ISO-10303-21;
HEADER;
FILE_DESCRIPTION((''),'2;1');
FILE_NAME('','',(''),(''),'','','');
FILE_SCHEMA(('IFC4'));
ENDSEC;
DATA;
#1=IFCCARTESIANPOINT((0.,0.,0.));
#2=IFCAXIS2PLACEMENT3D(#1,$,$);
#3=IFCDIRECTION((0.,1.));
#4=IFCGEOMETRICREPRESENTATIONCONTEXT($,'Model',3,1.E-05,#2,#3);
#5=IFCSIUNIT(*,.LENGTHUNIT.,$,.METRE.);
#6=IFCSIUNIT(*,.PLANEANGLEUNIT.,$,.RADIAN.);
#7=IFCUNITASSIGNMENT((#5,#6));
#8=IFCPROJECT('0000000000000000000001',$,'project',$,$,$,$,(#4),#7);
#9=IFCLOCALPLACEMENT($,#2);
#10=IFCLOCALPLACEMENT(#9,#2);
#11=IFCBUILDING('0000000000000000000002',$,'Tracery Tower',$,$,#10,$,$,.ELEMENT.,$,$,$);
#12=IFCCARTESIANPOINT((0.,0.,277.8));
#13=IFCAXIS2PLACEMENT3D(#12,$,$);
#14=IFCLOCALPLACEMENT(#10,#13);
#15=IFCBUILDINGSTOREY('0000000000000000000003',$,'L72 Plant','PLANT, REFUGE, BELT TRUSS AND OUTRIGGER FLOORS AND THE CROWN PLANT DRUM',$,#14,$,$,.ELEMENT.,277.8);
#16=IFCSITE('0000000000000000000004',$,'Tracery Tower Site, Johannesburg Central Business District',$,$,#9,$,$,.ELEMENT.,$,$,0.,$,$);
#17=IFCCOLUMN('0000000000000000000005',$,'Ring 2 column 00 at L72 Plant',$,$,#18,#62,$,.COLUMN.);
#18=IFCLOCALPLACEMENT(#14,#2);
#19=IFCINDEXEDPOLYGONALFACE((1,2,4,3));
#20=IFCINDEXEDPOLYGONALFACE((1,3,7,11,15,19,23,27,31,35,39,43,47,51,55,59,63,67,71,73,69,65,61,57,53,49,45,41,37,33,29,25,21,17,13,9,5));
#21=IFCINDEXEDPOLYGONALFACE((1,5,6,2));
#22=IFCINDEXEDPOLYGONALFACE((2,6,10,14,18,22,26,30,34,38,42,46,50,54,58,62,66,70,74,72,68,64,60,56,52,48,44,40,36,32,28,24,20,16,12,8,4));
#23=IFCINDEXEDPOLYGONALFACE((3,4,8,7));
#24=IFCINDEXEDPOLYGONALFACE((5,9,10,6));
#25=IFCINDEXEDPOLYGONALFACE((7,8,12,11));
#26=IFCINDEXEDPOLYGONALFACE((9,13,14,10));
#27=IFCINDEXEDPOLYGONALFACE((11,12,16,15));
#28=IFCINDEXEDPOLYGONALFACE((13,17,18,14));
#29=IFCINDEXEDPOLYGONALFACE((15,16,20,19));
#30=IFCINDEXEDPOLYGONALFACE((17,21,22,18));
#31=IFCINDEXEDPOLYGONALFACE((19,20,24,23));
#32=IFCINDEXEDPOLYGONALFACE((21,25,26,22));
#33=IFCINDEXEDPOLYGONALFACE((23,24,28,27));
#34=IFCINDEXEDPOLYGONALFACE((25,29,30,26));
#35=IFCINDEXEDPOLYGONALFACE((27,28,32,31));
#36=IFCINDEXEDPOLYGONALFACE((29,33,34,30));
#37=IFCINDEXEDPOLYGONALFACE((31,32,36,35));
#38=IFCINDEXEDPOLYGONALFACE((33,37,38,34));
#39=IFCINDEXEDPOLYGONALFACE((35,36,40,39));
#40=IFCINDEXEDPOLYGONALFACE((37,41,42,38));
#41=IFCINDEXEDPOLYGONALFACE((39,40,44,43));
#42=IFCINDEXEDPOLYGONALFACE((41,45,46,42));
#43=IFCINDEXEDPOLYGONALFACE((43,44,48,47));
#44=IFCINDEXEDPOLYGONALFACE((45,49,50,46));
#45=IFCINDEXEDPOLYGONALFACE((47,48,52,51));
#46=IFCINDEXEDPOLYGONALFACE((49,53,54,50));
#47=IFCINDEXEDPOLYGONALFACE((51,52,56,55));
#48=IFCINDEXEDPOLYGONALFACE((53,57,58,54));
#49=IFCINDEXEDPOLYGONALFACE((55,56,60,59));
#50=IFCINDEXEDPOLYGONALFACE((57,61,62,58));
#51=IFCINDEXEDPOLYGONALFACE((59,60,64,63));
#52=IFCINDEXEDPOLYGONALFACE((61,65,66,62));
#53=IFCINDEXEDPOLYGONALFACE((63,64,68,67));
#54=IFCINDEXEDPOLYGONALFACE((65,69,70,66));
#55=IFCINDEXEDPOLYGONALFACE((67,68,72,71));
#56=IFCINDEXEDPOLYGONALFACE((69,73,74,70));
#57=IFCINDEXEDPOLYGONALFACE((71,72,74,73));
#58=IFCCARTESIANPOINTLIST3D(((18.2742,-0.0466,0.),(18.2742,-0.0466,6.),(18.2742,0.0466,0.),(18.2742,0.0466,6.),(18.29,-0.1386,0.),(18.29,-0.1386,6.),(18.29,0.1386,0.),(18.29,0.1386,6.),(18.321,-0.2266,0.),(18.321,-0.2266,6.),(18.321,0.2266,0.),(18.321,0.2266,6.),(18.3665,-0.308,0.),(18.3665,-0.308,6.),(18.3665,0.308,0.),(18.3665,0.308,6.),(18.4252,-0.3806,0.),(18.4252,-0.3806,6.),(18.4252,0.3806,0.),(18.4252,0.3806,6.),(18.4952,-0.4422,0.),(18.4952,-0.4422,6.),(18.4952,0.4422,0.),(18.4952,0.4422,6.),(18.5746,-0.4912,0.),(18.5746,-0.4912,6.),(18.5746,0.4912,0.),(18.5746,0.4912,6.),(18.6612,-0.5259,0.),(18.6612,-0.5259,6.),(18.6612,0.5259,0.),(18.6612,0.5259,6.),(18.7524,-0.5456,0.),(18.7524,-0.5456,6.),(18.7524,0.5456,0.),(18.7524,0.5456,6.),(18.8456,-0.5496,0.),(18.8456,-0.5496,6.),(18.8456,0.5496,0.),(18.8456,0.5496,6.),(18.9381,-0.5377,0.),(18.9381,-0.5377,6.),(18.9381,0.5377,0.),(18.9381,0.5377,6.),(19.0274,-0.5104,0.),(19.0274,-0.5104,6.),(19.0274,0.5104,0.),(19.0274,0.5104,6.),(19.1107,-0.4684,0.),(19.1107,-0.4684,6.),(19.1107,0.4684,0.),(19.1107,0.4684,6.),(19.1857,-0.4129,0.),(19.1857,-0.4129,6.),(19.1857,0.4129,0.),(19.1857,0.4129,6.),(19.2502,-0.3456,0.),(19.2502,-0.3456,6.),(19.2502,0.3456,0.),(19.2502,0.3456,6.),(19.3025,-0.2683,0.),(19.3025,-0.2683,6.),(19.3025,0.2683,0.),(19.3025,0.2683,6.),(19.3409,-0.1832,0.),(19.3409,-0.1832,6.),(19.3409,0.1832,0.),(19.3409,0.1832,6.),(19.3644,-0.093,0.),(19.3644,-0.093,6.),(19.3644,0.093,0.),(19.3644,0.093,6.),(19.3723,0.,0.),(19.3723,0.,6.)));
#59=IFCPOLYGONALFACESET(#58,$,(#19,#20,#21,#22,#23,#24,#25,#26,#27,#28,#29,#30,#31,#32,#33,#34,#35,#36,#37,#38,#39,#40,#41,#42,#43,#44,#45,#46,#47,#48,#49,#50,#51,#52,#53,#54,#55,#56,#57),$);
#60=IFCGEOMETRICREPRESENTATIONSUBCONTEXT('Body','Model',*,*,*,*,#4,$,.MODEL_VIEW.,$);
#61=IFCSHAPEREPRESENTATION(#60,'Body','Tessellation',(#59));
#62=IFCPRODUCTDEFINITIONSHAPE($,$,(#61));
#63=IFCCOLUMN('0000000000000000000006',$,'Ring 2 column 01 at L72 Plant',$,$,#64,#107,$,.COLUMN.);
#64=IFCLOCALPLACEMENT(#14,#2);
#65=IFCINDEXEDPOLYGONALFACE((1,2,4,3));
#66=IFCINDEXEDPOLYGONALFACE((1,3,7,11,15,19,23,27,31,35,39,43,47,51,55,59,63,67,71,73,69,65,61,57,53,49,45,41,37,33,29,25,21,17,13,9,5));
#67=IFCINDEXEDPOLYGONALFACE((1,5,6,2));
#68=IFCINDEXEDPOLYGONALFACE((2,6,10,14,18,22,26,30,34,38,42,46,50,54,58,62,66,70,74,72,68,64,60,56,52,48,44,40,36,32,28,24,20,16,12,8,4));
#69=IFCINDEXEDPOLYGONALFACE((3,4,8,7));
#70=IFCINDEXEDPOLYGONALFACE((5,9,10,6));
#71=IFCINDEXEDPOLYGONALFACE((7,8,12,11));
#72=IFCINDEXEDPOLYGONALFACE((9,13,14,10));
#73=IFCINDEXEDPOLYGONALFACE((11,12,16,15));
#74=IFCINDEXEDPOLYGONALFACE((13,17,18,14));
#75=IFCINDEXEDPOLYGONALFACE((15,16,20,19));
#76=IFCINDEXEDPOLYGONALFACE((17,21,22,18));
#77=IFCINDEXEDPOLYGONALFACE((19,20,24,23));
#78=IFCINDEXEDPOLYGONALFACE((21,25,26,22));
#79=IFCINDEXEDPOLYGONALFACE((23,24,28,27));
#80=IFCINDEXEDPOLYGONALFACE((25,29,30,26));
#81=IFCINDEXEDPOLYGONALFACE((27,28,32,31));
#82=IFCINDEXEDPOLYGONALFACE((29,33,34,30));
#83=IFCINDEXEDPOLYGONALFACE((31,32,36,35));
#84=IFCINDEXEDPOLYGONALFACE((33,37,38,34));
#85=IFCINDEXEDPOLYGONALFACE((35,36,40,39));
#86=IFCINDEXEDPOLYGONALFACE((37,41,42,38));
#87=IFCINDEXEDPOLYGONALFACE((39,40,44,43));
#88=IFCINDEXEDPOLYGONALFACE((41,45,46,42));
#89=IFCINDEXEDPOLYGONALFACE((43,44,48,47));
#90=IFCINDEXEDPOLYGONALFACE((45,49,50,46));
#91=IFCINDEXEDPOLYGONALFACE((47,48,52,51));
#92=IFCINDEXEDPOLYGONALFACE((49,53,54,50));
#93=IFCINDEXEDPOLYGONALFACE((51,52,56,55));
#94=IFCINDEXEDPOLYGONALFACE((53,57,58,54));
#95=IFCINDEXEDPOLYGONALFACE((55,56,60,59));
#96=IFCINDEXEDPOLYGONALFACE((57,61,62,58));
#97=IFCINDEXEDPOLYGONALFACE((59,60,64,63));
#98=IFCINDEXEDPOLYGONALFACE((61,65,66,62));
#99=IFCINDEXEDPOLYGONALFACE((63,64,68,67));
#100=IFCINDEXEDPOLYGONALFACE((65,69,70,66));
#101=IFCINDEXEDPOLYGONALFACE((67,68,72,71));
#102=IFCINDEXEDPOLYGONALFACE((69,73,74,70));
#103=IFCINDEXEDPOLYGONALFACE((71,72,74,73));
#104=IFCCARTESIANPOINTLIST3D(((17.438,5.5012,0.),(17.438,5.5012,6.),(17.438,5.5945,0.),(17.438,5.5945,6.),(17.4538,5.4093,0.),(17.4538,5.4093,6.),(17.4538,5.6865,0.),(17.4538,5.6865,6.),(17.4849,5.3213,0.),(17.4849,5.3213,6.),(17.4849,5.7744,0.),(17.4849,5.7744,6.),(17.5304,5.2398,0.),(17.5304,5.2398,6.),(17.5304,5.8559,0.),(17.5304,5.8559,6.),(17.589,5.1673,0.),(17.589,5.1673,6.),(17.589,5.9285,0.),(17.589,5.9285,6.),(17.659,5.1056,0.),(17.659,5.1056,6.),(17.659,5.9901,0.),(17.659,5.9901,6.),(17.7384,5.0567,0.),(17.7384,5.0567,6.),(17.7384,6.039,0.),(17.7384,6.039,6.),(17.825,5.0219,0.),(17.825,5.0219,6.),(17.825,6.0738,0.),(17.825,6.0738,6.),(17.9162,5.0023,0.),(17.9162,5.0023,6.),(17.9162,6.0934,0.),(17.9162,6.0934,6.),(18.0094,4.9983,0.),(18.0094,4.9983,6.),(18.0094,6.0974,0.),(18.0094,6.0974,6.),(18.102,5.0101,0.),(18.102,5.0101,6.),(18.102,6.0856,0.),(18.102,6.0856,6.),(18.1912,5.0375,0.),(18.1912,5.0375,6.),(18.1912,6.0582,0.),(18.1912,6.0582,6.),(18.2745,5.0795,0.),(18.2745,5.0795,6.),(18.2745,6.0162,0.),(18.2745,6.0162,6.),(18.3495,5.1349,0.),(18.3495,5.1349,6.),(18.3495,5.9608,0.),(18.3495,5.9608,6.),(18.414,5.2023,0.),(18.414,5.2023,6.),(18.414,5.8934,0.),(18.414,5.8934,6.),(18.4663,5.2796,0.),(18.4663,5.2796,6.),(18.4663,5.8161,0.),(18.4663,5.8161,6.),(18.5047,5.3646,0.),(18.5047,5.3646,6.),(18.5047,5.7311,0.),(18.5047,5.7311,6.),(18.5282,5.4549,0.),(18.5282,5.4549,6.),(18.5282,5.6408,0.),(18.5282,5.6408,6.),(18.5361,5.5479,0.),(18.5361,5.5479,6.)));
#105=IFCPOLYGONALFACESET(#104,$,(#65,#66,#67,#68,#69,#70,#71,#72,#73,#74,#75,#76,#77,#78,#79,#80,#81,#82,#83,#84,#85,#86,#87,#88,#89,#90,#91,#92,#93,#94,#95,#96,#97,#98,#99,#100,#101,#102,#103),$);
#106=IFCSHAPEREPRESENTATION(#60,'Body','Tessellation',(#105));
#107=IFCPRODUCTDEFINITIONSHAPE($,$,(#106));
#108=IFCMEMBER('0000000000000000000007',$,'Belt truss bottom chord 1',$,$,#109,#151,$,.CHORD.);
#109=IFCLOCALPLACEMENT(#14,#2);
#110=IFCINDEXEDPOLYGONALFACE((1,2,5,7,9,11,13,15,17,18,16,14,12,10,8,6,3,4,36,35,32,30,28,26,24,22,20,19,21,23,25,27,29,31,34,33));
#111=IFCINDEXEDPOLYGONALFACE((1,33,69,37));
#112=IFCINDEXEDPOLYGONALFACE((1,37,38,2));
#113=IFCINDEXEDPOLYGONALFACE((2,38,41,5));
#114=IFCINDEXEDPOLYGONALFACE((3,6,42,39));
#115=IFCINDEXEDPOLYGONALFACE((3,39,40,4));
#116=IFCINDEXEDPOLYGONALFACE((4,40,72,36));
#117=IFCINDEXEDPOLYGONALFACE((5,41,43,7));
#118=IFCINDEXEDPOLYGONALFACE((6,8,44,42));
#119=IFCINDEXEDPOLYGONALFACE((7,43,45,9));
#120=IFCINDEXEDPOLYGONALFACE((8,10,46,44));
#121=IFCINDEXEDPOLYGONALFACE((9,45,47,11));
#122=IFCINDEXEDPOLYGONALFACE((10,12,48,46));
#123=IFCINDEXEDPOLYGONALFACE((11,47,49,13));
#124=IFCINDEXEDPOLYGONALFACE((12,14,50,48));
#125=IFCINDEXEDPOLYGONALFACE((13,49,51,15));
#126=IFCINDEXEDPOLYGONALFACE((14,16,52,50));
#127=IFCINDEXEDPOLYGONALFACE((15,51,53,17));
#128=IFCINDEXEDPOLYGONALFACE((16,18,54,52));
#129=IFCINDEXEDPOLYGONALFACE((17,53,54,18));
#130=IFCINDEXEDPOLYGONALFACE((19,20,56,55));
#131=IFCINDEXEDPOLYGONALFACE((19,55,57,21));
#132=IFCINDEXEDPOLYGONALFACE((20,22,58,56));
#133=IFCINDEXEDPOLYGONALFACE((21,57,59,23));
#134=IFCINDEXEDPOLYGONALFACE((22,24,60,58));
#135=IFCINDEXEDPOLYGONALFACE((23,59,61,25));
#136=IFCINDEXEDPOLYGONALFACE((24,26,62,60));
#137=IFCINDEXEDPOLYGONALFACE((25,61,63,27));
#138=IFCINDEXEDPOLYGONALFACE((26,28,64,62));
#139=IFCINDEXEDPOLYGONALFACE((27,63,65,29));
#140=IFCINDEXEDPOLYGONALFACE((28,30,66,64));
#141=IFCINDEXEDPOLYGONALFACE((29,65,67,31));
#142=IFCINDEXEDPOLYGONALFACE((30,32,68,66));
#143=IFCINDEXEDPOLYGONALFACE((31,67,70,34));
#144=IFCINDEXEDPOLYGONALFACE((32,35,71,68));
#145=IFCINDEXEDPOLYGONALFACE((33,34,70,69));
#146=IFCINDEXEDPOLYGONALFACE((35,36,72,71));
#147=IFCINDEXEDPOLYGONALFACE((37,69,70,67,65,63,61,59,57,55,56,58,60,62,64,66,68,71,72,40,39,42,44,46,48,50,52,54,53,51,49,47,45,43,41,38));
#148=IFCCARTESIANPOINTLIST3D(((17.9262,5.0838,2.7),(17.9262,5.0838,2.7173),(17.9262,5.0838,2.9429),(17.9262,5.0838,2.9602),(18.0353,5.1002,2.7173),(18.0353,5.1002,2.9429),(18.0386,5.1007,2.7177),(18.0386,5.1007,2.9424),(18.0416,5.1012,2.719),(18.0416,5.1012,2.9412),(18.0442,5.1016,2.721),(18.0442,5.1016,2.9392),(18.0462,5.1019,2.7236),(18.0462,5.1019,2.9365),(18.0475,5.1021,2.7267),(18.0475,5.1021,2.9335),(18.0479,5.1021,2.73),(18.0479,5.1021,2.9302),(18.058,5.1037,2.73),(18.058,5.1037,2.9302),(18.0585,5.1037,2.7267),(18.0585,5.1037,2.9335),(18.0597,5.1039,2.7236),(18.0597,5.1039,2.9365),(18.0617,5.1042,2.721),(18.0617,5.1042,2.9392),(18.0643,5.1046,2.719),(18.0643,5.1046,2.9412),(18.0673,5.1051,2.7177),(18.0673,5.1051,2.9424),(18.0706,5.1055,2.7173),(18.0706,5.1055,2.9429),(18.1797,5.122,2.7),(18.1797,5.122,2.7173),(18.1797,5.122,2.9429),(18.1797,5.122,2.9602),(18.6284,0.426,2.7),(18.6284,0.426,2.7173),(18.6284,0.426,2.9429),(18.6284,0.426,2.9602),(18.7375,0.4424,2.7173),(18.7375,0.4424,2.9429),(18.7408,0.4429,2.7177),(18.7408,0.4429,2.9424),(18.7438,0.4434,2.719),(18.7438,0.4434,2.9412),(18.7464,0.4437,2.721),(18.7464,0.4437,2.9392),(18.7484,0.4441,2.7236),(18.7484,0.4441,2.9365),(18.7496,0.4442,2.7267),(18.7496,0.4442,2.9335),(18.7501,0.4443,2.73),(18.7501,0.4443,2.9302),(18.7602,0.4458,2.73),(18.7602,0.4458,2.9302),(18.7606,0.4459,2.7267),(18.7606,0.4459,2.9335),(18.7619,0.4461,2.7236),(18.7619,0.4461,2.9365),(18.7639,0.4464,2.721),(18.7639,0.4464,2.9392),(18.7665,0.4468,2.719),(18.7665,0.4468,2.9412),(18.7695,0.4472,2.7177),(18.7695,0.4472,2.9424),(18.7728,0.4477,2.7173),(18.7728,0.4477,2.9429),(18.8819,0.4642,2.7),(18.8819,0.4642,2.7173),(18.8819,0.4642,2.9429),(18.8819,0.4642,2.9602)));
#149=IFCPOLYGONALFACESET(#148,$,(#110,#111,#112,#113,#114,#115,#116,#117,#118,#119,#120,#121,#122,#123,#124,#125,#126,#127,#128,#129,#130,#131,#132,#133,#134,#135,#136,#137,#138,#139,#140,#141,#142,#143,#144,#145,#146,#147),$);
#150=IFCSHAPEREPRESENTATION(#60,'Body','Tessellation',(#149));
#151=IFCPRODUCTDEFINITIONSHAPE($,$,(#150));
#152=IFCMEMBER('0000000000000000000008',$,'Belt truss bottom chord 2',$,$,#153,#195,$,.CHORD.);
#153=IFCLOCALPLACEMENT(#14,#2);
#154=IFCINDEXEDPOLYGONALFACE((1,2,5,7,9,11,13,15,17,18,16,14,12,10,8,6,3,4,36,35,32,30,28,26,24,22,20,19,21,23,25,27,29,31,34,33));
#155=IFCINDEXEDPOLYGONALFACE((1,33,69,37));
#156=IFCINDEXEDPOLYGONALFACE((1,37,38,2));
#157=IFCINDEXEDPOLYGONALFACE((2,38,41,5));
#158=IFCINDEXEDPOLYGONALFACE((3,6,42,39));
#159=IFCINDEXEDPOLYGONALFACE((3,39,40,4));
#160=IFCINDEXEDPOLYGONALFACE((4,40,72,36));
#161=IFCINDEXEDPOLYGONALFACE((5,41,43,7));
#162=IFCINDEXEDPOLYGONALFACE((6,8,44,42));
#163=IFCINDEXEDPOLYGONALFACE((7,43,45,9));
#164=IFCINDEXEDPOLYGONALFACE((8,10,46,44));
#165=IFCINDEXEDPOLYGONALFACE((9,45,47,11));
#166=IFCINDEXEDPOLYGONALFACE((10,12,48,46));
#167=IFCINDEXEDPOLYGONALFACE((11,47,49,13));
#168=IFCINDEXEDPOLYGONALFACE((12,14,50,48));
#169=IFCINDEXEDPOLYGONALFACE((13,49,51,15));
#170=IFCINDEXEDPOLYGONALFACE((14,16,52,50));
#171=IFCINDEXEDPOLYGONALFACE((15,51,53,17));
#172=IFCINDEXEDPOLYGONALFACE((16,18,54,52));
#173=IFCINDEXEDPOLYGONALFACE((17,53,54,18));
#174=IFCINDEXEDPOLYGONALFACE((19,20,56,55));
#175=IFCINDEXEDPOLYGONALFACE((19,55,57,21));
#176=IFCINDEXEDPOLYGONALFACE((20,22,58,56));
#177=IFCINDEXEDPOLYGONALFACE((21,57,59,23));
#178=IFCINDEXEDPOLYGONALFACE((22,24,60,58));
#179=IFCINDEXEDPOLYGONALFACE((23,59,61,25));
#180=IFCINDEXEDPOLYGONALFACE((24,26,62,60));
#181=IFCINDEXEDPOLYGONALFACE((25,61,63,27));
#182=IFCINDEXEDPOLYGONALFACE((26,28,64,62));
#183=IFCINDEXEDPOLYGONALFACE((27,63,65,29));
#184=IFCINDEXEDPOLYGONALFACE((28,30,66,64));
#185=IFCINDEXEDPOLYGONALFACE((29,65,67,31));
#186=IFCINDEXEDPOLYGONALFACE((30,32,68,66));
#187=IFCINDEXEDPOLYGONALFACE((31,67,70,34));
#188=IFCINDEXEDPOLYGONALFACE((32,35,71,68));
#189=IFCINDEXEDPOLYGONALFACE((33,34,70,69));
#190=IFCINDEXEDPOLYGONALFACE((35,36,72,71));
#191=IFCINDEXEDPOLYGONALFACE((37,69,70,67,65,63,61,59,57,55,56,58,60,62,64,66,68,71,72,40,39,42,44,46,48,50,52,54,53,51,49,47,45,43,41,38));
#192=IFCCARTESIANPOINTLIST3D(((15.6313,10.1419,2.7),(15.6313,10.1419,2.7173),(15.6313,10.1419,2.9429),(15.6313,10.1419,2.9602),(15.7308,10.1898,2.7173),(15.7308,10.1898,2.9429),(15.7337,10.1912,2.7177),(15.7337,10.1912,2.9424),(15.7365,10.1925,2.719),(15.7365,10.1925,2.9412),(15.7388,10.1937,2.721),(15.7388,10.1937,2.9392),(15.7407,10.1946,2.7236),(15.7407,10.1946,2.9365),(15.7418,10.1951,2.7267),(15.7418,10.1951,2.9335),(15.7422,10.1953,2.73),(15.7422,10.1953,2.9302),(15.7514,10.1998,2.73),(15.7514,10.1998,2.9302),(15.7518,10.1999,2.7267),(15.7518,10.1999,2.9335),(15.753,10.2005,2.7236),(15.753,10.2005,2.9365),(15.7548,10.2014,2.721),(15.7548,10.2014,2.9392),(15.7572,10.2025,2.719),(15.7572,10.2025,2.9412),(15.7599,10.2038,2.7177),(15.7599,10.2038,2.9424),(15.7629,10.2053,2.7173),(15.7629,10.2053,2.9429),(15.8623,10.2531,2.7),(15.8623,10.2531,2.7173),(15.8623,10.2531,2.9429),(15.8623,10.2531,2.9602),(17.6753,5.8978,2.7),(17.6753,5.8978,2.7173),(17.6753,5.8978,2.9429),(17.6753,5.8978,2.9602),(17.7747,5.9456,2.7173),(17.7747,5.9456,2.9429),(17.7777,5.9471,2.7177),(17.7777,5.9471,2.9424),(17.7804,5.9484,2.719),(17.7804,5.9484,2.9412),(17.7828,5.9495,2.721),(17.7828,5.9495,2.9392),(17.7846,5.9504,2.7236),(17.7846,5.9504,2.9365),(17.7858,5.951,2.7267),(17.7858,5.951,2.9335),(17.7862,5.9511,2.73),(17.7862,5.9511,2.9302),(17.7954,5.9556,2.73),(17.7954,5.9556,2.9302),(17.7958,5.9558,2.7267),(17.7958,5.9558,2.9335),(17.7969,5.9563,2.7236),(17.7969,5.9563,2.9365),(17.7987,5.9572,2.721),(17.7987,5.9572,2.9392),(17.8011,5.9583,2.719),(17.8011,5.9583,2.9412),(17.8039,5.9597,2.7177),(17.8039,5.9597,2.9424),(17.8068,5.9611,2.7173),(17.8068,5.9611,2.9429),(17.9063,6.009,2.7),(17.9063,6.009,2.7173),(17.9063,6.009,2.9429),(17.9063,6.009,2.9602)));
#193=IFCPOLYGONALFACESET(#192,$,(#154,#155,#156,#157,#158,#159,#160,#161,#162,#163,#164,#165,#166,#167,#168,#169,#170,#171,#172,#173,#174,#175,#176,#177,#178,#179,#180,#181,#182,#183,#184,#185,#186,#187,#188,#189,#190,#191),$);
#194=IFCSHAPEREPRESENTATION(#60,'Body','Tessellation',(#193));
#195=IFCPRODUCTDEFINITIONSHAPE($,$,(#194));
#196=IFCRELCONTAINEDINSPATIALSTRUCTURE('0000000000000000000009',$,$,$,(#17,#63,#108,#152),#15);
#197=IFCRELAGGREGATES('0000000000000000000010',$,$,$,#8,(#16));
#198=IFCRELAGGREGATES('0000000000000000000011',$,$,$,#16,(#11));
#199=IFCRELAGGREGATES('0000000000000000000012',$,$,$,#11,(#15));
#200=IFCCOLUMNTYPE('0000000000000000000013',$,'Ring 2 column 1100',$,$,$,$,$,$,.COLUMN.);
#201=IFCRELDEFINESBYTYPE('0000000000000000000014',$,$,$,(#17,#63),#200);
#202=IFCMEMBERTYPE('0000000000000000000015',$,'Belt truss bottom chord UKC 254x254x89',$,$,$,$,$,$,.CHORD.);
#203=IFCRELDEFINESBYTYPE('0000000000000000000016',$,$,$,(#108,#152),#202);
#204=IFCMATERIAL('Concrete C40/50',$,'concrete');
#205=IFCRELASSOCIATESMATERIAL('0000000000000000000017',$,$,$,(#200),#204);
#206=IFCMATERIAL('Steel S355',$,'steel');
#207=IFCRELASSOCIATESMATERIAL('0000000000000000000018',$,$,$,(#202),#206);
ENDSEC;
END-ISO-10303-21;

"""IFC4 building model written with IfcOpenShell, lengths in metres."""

from ifc_helpers import new_model, si_unit, direction, frame, origin, origin_2d, place, context, subcontext, project, spatial, circle, i_section, extrude, material, material_profile, profile_set, type_object, element, save


model = new_model("IFC4")

# Units and contexts
model_context = context("Model", 3, precision=1e-05, world=origin(), true_north=direction((0.0, 1.0)))
body_context = subcontext(model_context, "Body", "Model", "MODEL_VIEW")
ifc_project = project(units=[si_unit("LENGTHUNIT", "METRE"), si_unit("PLANEANGLEUNIT", "RADIAN")], contexts=[model_context])

# Site, building, storey
site_placement = place(None, origin())
site = spatial("IfcSite", under=ifc_project, at=site_placement, Name="Tracery Tower Site, Johannesburg Central Business District", CompositionType="ELEMENT", RefElevation=0.0)
building_placement = place(site_placement, origin())
building = spatial("IfcBuilding", under=site, at=building_placement, Name="Tracery Tower", CompositionType="ELEMENT")
storey_placement = place(building_placement, frame((0.0, 0.0, 277.8)))
storey = spatial("IfcBuildingStorey", under=building, at=storey_placement, Name="L72 Plant", Description="PLANT, REFUGE, BELT TRUSS AND OUTRIGGER FLOORS AND THE CROWN PLANT DRUM", CompositionType="ELEMENT", Elevation=277.8)

# Columns
ifc_material_1 = material(Name="Concrete C40/50", Category="concrete")
ifc_material_profile_1 = material_profile(ifc_material_1, circle(Radius=0.55, at=origin_2d()), Name="RC D1100")
ifc_profile_set_1 = profile_set([ifc_material_profile_1], Name="Concrete C40/50")
column_type = type_object("IfcColumnType", Name="Ring 2 column 1100", PredefinedType="COLUMN", material=ifc_profile_set_1)
for number, where, z_axis, x_axis, name in (
    (1, (18.8223, 0.0, 0.0), (0.0, 0.0, 1.0), (1.0, 0.0, 0.0), "Ring 2 column 00 at L72 Plant"),
    (2, (17.9861, 5.5479, 0.0), (0.0, 0.0, 1.0), (1.0, 0.0, 0.0), "Ring 2 column 01 at L72 Plant"),
):
    element("IfcColumn", number, at=place(storey_placement, frame(where, z_axis=z_axis, x_axis=x_axis)), inside=storey, type_object=column_type, Name=name, PredefinedType="COLUMN", context=body_context, shape_type="SweptSolid", body=[
        extrude(circle(Radius=0.55, at=origin_2d()), origin(), (0.0, 0.0, 1.0), 6.0),
    ])

# Members
ifc_material_2 = material(Name="Steel S355", Category="steel")
ifc_material_profile_2 = material_profile(ifc_material_2, i_section(OverallWidth=0.2563, OverallDepth=0.2603, WebThickness=0.0103, FlangeThickness=0.0173, FilletRadius=0.0127, at=origin_2d()), Name="UKC 254x254x89")
ifc_profile_set_2 = profile_set([ifc_material_profile_2], Name="Steel S355")
member_type_1 = type_object("IfcMemberType", Name="Belt truss bottom chord UKC 254x254x89", PredefinedType="CHORD", material=ifc_profile_set_2)
member_1_placement = place(storey_placement, frame((18.7551, 0.4451, 2.8301), z_axis=(-0.149065, 0.988827, 0.0), x_axis=(-0.988827, -0.149065, 0.0)))
element("IfcMember", 3, at=member_1_placement, inside=storey, type_object=member_type_1, Name="Belt truss bottom chord 1", PredefinedType="CHORD", context=body_context, shape_type="SweptSolid", body=[
    extrude(i_section(OverallWidth=0.2563, OverallDepth=0.2603, WebThickness=0.0103, FlangeThickness=0.0173, FilletRadius=0.0127, at=origin_2d()), origin(), (0.0, 0.0, 1.0), 4.7104),
])
member_2_placement = place(storey_placement, frame((17.7908, 5.9534, 2.8301), z_axis=(-0.433897, 0.900963, 0.0), x_axis=(-0.900963, -0.433897, 0.0)))
element("IfcMember", 4, at=member_2_placement, inside=storey, type_object=member_type_1, Name="Belt truss bottom chord 2", PredefinedType="CHORD", context=body_context, shape_type="SweptSolid", body=[
    extrude(i_section(OverallWidth=0.2563, OverallDepth=0.2603, WebThickness=0.0103, FlangeThickness=0.0173, FilletRadius=0.0127, at=origin_2d()), origin(), (0.0, 0.0, 1.0), 4.7107),
])

save(model, "model.ifc")
